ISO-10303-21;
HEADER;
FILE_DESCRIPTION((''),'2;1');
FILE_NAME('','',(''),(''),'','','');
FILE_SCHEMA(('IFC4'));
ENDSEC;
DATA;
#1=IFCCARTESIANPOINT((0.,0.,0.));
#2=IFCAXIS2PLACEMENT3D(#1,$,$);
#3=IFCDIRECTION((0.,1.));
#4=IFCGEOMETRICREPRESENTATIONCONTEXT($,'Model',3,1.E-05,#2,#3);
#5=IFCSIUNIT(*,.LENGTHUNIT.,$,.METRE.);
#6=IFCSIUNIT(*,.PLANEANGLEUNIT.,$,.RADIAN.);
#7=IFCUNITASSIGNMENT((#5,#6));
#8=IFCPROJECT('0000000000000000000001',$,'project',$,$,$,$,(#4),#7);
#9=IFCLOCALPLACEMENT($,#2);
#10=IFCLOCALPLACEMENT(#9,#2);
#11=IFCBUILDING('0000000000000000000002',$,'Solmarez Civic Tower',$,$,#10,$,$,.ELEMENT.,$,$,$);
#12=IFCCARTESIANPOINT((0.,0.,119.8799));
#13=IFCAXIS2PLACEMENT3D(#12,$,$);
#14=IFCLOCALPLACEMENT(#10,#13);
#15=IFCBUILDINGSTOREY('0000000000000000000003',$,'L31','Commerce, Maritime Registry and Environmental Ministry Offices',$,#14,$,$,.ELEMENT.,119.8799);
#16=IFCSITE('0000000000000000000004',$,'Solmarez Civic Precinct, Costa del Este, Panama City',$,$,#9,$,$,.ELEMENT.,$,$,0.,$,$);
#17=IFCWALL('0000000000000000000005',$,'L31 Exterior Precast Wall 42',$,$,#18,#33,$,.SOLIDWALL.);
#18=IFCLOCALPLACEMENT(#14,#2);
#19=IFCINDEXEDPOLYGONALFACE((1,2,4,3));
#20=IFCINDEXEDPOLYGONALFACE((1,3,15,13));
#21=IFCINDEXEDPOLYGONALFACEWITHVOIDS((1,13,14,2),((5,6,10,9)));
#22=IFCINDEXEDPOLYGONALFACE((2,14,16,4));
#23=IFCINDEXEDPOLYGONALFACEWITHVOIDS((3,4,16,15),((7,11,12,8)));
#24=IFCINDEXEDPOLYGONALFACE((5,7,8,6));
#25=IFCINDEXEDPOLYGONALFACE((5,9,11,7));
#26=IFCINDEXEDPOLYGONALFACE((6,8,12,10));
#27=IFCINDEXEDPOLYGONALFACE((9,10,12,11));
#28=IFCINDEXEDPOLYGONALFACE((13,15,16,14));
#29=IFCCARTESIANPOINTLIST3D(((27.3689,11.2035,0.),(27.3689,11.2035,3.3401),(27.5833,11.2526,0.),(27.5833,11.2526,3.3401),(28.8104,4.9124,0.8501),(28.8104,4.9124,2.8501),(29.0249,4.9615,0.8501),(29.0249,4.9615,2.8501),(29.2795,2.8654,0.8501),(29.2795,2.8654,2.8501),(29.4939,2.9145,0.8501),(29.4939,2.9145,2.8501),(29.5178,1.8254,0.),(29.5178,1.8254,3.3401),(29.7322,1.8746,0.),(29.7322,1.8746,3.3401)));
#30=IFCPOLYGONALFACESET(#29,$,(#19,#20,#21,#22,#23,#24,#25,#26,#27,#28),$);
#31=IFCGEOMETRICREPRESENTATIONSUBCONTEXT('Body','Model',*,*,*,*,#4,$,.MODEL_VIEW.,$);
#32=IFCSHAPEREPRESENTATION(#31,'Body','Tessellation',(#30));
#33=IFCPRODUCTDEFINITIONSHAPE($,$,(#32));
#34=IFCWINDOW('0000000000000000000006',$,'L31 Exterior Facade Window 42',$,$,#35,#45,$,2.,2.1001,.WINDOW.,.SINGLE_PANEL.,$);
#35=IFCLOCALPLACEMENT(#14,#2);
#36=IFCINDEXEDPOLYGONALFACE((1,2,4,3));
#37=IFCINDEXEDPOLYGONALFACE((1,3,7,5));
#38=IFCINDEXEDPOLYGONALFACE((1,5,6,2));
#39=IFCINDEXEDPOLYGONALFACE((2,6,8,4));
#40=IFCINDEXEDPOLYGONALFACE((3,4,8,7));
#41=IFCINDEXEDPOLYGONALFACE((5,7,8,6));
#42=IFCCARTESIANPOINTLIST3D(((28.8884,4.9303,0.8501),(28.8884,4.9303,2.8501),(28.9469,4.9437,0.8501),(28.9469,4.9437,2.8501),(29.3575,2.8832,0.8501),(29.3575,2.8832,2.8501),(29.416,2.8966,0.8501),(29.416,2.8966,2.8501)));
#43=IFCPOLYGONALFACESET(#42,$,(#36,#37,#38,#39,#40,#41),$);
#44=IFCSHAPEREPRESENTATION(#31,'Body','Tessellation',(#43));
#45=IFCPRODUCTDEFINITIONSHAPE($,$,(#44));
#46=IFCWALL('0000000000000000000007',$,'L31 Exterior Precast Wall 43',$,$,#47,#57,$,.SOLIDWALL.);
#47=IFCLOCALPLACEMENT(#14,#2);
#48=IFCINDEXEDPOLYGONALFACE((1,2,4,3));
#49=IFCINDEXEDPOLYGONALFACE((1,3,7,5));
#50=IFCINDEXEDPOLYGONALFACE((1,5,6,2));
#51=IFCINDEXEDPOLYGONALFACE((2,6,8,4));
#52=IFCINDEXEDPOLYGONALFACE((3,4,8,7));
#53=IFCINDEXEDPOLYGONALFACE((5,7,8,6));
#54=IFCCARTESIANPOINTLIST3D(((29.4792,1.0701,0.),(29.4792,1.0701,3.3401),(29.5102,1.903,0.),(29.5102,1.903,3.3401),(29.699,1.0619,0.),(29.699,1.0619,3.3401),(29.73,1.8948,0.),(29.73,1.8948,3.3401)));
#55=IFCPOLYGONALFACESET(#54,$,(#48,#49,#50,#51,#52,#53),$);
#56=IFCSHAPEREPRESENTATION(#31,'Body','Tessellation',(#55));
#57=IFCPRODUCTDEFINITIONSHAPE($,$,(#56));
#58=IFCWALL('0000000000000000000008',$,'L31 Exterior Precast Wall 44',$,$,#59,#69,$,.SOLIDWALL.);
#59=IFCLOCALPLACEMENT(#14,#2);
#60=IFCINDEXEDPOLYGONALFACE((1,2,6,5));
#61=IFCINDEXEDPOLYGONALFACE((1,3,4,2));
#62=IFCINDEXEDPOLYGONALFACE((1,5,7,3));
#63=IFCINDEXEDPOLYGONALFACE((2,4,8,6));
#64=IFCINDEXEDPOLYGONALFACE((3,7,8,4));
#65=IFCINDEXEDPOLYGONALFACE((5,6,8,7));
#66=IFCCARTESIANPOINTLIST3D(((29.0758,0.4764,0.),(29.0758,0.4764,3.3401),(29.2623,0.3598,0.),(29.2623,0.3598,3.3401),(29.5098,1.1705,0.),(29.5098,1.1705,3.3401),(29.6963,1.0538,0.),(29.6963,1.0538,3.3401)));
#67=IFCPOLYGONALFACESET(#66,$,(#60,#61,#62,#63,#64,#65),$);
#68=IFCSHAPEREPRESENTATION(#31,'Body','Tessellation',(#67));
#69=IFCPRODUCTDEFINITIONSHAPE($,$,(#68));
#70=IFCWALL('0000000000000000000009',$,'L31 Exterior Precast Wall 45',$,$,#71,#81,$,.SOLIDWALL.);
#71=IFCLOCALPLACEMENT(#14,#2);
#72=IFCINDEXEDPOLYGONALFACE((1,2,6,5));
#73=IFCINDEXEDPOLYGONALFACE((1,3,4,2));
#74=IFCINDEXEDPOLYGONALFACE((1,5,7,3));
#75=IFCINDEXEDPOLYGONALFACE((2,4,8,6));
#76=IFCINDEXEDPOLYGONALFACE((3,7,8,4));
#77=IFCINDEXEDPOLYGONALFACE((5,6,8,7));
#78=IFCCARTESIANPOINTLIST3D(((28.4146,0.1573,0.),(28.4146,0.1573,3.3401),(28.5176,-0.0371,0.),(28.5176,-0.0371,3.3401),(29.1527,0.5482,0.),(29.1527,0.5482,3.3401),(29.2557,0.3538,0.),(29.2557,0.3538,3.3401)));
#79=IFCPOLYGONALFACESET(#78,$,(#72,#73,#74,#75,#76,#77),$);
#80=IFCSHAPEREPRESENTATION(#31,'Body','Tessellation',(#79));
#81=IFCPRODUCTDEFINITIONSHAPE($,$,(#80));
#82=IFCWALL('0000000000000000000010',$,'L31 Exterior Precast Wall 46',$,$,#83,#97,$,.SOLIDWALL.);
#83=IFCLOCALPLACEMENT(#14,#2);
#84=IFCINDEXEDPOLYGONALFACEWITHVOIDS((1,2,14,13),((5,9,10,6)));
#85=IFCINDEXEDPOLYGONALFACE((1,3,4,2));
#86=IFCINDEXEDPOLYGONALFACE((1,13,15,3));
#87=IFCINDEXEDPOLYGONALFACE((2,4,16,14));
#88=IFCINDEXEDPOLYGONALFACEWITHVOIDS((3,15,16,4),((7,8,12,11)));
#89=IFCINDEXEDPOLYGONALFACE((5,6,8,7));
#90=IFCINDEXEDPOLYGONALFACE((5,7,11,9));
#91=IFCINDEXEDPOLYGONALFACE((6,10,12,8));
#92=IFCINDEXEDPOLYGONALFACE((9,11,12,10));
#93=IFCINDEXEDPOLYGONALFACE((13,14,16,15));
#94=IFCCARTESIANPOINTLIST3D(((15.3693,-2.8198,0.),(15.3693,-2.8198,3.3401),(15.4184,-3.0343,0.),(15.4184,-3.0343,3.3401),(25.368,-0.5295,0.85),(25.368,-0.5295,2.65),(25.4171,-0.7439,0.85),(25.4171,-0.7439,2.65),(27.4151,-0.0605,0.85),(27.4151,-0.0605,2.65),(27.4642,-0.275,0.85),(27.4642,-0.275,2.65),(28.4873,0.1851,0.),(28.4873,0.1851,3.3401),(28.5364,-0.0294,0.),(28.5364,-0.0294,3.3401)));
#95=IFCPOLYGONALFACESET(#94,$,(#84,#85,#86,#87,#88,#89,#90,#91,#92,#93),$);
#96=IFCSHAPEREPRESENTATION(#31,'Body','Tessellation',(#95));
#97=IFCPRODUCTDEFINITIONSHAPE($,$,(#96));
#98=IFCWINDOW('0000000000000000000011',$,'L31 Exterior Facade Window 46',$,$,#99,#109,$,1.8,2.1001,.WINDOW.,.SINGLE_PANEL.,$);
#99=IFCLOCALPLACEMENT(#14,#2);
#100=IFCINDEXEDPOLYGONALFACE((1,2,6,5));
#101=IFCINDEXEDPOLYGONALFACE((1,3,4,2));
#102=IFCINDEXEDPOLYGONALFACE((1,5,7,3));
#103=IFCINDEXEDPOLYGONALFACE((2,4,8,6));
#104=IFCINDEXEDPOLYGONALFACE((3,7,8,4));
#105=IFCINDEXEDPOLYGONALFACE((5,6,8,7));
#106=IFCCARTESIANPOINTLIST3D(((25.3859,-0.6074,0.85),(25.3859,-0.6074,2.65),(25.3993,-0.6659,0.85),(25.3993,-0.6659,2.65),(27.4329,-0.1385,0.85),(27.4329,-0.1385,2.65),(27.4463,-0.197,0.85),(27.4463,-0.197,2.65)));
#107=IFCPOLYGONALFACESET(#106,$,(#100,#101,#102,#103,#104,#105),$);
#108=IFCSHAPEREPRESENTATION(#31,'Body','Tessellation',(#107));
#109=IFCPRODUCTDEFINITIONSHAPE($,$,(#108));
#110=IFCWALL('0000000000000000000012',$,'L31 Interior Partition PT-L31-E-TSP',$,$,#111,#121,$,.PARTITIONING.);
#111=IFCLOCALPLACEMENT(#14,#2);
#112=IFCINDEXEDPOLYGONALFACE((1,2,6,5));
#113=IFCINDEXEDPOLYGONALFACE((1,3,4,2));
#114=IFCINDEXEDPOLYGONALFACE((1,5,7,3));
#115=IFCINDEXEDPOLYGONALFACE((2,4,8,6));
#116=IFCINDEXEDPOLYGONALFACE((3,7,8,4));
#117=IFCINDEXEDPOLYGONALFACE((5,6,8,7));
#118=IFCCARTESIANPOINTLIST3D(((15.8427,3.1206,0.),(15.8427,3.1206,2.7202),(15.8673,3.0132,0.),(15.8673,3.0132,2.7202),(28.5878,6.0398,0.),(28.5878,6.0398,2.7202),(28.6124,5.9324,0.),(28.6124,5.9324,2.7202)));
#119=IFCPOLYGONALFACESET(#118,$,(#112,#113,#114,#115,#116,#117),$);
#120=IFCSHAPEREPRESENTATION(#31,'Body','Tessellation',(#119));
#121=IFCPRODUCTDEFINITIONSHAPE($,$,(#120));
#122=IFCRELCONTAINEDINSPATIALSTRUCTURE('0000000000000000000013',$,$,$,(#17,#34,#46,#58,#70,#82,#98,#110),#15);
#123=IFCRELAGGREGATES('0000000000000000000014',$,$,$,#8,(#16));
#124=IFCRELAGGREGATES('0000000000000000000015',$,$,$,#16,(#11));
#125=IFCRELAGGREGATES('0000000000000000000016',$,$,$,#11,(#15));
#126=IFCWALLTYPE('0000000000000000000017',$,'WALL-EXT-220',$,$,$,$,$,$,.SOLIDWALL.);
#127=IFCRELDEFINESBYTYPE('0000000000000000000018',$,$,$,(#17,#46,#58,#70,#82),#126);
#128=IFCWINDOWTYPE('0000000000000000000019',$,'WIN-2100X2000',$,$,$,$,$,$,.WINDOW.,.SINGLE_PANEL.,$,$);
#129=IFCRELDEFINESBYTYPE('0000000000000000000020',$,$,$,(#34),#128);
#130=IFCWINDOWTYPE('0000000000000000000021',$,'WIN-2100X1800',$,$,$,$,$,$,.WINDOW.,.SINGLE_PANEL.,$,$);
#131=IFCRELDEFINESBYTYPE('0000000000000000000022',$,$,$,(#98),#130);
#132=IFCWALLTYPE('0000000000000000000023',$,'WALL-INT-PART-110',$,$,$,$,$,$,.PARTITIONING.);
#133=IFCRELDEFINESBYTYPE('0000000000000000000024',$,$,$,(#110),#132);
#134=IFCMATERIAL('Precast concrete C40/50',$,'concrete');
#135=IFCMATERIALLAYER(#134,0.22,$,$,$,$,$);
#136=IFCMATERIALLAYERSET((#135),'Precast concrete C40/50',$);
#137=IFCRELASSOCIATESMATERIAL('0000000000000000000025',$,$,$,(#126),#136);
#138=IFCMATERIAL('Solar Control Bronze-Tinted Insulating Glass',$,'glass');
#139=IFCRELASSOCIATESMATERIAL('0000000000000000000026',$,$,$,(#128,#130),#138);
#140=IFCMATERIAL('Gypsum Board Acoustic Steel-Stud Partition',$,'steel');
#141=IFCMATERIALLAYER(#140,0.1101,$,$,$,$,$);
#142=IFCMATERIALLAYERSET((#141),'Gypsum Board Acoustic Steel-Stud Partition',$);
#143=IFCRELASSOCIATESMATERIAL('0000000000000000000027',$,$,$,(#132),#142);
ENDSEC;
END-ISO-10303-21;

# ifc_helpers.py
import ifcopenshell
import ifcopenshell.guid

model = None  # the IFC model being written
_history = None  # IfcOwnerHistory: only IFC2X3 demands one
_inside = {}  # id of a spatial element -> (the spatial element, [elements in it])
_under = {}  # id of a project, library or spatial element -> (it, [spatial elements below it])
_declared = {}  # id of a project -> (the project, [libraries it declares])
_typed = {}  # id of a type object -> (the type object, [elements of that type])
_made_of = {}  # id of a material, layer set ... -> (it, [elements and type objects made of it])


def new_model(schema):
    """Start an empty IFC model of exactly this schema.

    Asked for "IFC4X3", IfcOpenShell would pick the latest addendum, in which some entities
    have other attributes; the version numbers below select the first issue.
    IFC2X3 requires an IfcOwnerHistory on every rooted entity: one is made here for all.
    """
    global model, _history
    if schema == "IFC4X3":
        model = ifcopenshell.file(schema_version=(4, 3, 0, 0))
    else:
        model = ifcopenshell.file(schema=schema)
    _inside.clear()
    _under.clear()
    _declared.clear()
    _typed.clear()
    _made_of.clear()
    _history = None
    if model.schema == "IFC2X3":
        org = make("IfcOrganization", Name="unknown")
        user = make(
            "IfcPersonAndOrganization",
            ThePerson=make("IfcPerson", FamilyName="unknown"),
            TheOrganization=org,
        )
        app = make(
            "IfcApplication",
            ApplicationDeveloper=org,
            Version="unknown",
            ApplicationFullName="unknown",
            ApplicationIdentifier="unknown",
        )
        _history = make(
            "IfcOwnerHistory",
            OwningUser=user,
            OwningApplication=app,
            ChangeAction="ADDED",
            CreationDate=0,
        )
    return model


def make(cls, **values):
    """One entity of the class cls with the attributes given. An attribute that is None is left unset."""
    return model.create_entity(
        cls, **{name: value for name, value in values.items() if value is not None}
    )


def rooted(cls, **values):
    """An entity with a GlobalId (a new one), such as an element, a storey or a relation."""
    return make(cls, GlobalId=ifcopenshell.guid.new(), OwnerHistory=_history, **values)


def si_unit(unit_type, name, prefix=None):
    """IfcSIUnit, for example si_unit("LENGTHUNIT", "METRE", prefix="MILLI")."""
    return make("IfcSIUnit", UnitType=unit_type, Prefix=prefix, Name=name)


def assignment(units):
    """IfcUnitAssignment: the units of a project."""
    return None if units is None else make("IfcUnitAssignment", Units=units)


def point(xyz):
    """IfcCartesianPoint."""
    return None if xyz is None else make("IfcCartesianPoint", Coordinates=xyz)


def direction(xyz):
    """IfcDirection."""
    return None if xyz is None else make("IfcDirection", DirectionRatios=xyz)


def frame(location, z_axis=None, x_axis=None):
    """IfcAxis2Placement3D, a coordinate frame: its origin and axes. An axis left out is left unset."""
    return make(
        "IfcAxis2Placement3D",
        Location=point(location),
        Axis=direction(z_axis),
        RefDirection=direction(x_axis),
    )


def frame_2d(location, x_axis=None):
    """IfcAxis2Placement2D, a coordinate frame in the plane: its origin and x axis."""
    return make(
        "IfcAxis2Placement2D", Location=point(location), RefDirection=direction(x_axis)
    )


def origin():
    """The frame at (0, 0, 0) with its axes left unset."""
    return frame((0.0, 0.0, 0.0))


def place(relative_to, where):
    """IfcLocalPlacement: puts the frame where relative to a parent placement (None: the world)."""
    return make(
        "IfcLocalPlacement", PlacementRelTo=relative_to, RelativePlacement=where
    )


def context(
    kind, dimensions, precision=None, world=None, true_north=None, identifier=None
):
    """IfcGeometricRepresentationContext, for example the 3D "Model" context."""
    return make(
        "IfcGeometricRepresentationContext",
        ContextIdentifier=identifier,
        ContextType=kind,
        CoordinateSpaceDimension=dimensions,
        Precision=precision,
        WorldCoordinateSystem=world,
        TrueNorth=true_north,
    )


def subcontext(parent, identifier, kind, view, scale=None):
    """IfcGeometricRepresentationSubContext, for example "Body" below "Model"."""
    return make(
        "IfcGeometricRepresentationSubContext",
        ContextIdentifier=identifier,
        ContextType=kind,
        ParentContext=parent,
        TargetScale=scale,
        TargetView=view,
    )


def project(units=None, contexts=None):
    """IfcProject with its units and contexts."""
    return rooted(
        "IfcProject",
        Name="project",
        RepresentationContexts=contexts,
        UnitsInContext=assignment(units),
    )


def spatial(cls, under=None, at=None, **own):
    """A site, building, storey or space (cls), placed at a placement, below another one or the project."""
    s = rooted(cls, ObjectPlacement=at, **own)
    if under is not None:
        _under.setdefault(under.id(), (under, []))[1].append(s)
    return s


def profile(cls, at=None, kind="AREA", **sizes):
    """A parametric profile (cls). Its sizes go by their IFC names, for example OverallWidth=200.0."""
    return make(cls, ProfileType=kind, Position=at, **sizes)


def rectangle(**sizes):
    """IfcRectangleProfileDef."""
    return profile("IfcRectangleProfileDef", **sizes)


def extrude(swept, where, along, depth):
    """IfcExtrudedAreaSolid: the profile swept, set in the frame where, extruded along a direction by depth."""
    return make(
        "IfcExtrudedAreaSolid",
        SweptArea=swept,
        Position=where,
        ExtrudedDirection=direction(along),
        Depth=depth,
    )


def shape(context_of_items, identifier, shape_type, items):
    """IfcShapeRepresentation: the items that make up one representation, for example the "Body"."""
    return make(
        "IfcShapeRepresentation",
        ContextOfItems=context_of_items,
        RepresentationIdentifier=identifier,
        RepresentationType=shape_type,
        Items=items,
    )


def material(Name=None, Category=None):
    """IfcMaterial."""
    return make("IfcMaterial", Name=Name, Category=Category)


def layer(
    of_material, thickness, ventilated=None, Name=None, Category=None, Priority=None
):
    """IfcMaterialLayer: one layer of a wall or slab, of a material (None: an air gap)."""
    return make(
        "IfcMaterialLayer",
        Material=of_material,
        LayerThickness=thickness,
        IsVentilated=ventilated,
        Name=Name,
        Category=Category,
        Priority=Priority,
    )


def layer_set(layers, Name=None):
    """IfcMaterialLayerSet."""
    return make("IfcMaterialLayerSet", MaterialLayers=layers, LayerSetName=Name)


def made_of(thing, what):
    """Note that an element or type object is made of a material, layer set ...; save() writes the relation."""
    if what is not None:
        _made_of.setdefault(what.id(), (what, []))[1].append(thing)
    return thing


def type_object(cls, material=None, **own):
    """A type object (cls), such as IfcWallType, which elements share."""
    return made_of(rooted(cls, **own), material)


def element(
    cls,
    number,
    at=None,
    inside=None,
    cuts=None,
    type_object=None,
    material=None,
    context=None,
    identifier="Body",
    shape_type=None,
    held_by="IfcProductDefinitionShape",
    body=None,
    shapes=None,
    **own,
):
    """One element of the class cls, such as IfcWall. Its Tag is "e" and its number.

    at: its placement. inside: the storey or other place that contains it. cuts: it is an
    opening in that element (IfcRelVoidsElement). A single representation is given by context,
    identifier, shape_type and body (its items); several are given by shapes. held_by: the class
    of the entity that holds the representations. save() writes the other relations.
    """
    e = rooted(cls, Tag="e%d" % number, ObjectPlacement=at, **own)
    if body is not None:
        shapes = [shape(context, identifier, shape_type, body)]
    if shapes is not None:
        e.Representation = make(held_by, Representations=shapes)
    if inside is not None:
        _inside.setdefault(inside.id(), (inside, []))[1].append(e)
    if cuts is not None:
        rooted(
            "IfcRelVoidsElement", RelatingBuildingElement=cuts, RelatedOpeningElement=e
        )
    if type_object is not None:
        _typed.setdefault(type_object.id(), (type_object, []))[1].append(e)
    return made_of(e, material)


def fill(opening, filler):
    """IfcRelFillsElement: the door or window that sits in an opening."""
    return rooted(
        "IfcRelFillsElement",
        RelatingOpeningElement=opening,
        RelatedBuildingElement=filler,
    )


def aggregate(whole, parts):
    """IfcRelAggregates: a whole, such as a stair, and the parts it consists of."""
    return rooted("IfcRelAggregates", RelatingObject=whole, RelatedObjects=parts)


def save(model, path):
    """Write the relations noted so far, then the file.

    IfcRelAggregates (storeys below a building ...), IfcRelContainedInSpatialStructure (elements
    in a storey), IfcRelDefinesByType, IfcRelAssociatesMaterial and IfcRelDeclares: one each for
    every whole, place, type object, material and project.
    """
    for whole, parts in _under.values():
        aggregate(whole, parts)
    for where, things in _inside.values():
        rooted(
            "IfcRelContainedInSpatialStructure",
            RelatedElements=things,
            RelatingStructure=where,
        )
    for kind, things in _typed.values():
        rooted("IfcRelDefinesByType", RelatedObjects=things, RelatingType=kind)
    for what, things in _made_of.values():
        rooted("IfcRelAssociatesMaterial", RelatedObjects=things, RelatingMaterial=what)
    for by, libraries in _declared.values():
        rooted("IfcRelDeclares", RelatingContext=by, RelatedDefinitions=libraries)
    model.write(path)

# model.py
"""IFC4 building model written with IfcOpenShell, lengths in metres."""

from ifc_helpers import new_model, si_unit, direction, frame, frame_2d, origin, place, context, subcontext, project, spatial, rectangle, extrude, material, layer, layer_set, type_object, element, fill, save


model = new_model("IFC4")

# Units and contexts
model_context = context("Model", 3, precision=1e-05, world=origin(), true_north=direction((0.0, 1.0)))
body_context = subcontext(model_context, "Body", "Model", "MODEL_VIEW")
ifc_project = project(units=[si_unit("LENGTHUNIT", "METRE"), si_unit("PLANEANGLEUNIT", "RADIAN")], contexts=[model_context])

# Site, building, storey
site_placement = place(None, origin())
site = spatial("IfcSite", under=ifc_project, at=site_placement, Name="Solmarez Civic Precinct, Costa del Este, Panama City", CompositionType="ELEMENT", RefElevation=0.0)
building_placement = place(site_placement, origin())
building = spatial("IfcBuilding", under=site, at=building_placement, Name="Solmarez Civic Tower", CompositionType="ELEMENT")
storey_placement = place(building_placement, frame((0.0, 0.0, 119.8799)))
storey = spatial("IfcBuildingStorey", under=building, at=storey_placement, Name="L31", Description="Commerce, Maritime Registry and Environmental Ministry Offices", CompositionType="ELEMENT", Elevation=119.8799)

# Shared definitions
ifc_material_1 = material(Name="Precast concrete C40/50", Category="concrete")
ifc_layer_1 = layer(ifc_material_1, 0.22)
ifc_layer_set_1 = layer_set([ifc_layer_1], Name="Precast concrete C40/50")
wall_type_1 = type_object("IfcWallType", Name="WALL-EXT-220", PredefinedType="SOLIDWALL", material=ifc_layer_set_1)
ifc_material_2 = material(Name="Solar Control Bronze-Tinted Insulating Glass", Category="glass")

# Wall, opening, window
wall_1_placement = place(storey_placement, frame((27.4761, 11.228, 0.0), z_axis=(0.0, 0.0, 1.0), x_axis=(0.223358, -0.974736, 0.0)))
wall_1 = element("IfcWall", 1, at=wall_1_placement, inside=storey, type_object=wall_type_1, Name="L31 Exterior Precast Wall 42", PredefinedType="SOLIDWALL", context=body_context, shape_type="SweptSolid", body=[
    extrude(rectangle(XDim=9.6211, YDim=0.22, at=frame_2d((4.8105, 0.0))), origin(), (0.0, 0.0, 1.0), 3.3401),
])
opening_1_placement = place(wall_1_placement, frame((6.4541, 0.0, 0.8501)))
opening_1 = element("IfcOpeningElement", 2, at=opening_1_placement, cuts=wall_1, PredefinedType="OPENING", context=body_context, shape_type="SweptSolid", body=[
    extrude(rectangle(XDim=2.1001, YDim=2.0, at=frame_2d((1.05, 1.0))), frame((0.0, 0.1199, 0.0), z_axis=(0.0, -1.0, 0.0), x_axis=(1.0, 0.0, 0.0)), (0.0, 0.0, 1.0), 0.24),
])
window_type_1 = type_object("IfcWindowType", Name="WIN-2100X2000", PartitioningType="SINGLE_PANEL", PredefinedType="WINDOW", material=ifc_material_2)
window_1_placement = place(opening_1_placement, origin())
window_1 = element("IfcWindow", 3, at=window_1_placement, inside=storey, type_object=window_type_1, Name="L31 Exterior Facade Window 42", OverallHeight=2.0, OverallWidth=2.1001, PartitioningType="SINGLE_PANEL", PredefinedType="WINDOW", context=body_context, shape_type="SweptSolid", body=[
    extrude(rectangle(XDim=2.1001, YDim=2.0, at=frame_2d((1.05, 1.0))), frame((0.0, 0.03, 0.0), z_axis=(0.0, -1.0, 0.0), x_axis=(1.0, 0.0, 0.0)), (0.0, 0.0, 1.0), 0.0601),
])
fill(opening_1, window_1)

# Walls
wall_2_placement = place(storey_placement, frame((29.6201, 1.8989, 0.0), z_axis=(0.0, 0.0, 1.0), x_axis=(-0.037196, -0.999308, 0.0)))
element("IfcWall", 4, at=wall_2_placement, inside=storey, type_object=wall_type_1, Name="L31 Exterior Precast Wall 43", PredefinedType="SOLIDWALL", context=body_context, shape_type="SweptSolid", body=[
    extrude(rectangle(XDim=0.8335, YDim=0.22, at=frame_2d((0.4167, 0.0))), origin(), (0.0, 0.0, 1.0), 3.3401),
])
wall_3_placement = place(storey_placement, frame((29.603, 1.1121, 0.0), z_axis=(0.0, 0.0, 1.0), x_axis=(-0.53024, -0.847847, 0.0)))
element("IfcWall", 5, at=wall_3_placement, inside=storey, type_object=wall_type_1, Name="L31 Exterior Precast Wall 44", PredefinedType="SOLIDWALL", context=body_context, shape_type="SweptSolid", body=[
    extrude(rectangle(XDim=0.8186, YDim=0.22, at=frame_2d((0.4092, 0.0))), origin(), (0.0, 0.0, 1.0), 3.3401),
])
wall_4_placement = place(storey_placement, frame((29.2041, 0.4509, 0.0), z_axis=(0.0, 0.0, 1.0), x_axis=(-0.883717, -0.468022, 0.0)))
element("IfcWall", 6, at=wall_4_placement, inside=storey, type_object=wall_type_1, Name="L31 Exterior Precast Wall 45", PredefinedType="SOLIDWALL", context=body_context, shape_type="SweptSolid", body=[
    extrude(rectangle(XDim=0.8352, YDim=0.22, at=frame_2d((0.4175, 0.0))), origin(), (0.0, 0.0, 1.0), 3.3401),
])

# Wall, opening, window
wall_5_placement = place(storey_placement, frame((28.512, 0.0779, 0.0), z_axis=(0.0, 0.0, 1.0), x_axis=(-0.974753, -0.223284, 0.0)))
wall_5 = element("IfcWall", 7, at=wall_5_placement, inside=storey, type_object=wall_type_1, Name="L31 Exterior Precast Wall 46", PredefinedType="SOLIDWALL", context=body_context, shape_type="SweptSolid", body=[
    extrude(rectangle(XDim=13.4578, YDim=0.22, at=frame_2d((6.729, 0.0))), origin(), (0.0, 0.0, 1.0), 3.3401),
])
opening_2_placement = place(wall_5_placement, frame((1.1001, 0.0, 0.8501)))
opening_2 = element("IfcOpeningElement", 8, at=opening_2_placement, cuts=wall_5, PredefinedType="OPENING", context=body_context, shape_type="SweptSolid", body=[
    extrude(rectangle(XDim=2.1001, YDim=1.8, at=frame_2d((1.05, 0.8999))), frame((0.0, 0.1199, 0.0), z_axis=(0.0, -1.0, 0.0), x_axis=(1.0, 0.0, 0.0)), (0.0, 0.0, 1.0), 0.24),
])
window_type_2 = type_object("IfcWindowType", Name="WIN-2100X1800", PartitioningType="SINGLE_PANEL", PredefinedType="WINDOW", material=ifc_material_2)
window_2_placement = place(opening_2_placement, origin())
window_2 = element("IfcWindow", 9, at=window_2_placement, inside=storey, type_object=window_type_2, Name="L31 Exterior Facade Window 46", OverallHeight=1.8, OverallWidth=2.1001, PartitioningType="SINGLE_PANEL", PredefinedType="WINDOW", context=body_context, shape_type="SweptSolid", body=[
    extrude(rectangle(XDim=2.1001, YDim=1.8, at=frame_2d((1.05, 0.8999))), frame((0.0, 0.03, 0.0), z_axis=(0.0, -1.0, 0.0), x_axis=(1.0, 0.0, 0.0)), (0.0, 0.0, 1.0), 0.0601),
])
fill(opening_2, window_2)

# Wall
ifc_material_3 = material(Name="Gypsum Board Acoustic Steel-Stud Partition", Category="steel")
ifc_layer_2 = layer(ifc_material_3, 0.1101)
ifc_layer_set_2 = layer_set([ifc_layer_2], Name="Gypsum Board Acoustic Steel-Stud Partition")
wall_type_2 = type_object("IfcWallType", Name="WALL-INT-PART-110", PredefinedType="PARTITIONING", material=ifc_layer_set_2)
wall_6_placement = place(storey_placement, frame((15.855, 3.0669, 0.0), z_axis=(0.0, 0.0, 1.0), x_axis=(0.974758, 0.223262, 0.0)))
element("IfcWall", 10, at=wall_6_placement, inside=storey, type_object=wall_type_2, Name="L31 Interior Partition PT-L31-E-TSP", PredefinedType="PARTITIONING", context=body_context, shape_type="SweptSolid", body=[
    extrude(rectangle(XDim=13.0752, YDim=0.1101, at=frame_2d((6.5376, 0.0))), origin(), (0.0, 0.0, 1.0), 2.7202),
])

save(model, "model.ifc")
